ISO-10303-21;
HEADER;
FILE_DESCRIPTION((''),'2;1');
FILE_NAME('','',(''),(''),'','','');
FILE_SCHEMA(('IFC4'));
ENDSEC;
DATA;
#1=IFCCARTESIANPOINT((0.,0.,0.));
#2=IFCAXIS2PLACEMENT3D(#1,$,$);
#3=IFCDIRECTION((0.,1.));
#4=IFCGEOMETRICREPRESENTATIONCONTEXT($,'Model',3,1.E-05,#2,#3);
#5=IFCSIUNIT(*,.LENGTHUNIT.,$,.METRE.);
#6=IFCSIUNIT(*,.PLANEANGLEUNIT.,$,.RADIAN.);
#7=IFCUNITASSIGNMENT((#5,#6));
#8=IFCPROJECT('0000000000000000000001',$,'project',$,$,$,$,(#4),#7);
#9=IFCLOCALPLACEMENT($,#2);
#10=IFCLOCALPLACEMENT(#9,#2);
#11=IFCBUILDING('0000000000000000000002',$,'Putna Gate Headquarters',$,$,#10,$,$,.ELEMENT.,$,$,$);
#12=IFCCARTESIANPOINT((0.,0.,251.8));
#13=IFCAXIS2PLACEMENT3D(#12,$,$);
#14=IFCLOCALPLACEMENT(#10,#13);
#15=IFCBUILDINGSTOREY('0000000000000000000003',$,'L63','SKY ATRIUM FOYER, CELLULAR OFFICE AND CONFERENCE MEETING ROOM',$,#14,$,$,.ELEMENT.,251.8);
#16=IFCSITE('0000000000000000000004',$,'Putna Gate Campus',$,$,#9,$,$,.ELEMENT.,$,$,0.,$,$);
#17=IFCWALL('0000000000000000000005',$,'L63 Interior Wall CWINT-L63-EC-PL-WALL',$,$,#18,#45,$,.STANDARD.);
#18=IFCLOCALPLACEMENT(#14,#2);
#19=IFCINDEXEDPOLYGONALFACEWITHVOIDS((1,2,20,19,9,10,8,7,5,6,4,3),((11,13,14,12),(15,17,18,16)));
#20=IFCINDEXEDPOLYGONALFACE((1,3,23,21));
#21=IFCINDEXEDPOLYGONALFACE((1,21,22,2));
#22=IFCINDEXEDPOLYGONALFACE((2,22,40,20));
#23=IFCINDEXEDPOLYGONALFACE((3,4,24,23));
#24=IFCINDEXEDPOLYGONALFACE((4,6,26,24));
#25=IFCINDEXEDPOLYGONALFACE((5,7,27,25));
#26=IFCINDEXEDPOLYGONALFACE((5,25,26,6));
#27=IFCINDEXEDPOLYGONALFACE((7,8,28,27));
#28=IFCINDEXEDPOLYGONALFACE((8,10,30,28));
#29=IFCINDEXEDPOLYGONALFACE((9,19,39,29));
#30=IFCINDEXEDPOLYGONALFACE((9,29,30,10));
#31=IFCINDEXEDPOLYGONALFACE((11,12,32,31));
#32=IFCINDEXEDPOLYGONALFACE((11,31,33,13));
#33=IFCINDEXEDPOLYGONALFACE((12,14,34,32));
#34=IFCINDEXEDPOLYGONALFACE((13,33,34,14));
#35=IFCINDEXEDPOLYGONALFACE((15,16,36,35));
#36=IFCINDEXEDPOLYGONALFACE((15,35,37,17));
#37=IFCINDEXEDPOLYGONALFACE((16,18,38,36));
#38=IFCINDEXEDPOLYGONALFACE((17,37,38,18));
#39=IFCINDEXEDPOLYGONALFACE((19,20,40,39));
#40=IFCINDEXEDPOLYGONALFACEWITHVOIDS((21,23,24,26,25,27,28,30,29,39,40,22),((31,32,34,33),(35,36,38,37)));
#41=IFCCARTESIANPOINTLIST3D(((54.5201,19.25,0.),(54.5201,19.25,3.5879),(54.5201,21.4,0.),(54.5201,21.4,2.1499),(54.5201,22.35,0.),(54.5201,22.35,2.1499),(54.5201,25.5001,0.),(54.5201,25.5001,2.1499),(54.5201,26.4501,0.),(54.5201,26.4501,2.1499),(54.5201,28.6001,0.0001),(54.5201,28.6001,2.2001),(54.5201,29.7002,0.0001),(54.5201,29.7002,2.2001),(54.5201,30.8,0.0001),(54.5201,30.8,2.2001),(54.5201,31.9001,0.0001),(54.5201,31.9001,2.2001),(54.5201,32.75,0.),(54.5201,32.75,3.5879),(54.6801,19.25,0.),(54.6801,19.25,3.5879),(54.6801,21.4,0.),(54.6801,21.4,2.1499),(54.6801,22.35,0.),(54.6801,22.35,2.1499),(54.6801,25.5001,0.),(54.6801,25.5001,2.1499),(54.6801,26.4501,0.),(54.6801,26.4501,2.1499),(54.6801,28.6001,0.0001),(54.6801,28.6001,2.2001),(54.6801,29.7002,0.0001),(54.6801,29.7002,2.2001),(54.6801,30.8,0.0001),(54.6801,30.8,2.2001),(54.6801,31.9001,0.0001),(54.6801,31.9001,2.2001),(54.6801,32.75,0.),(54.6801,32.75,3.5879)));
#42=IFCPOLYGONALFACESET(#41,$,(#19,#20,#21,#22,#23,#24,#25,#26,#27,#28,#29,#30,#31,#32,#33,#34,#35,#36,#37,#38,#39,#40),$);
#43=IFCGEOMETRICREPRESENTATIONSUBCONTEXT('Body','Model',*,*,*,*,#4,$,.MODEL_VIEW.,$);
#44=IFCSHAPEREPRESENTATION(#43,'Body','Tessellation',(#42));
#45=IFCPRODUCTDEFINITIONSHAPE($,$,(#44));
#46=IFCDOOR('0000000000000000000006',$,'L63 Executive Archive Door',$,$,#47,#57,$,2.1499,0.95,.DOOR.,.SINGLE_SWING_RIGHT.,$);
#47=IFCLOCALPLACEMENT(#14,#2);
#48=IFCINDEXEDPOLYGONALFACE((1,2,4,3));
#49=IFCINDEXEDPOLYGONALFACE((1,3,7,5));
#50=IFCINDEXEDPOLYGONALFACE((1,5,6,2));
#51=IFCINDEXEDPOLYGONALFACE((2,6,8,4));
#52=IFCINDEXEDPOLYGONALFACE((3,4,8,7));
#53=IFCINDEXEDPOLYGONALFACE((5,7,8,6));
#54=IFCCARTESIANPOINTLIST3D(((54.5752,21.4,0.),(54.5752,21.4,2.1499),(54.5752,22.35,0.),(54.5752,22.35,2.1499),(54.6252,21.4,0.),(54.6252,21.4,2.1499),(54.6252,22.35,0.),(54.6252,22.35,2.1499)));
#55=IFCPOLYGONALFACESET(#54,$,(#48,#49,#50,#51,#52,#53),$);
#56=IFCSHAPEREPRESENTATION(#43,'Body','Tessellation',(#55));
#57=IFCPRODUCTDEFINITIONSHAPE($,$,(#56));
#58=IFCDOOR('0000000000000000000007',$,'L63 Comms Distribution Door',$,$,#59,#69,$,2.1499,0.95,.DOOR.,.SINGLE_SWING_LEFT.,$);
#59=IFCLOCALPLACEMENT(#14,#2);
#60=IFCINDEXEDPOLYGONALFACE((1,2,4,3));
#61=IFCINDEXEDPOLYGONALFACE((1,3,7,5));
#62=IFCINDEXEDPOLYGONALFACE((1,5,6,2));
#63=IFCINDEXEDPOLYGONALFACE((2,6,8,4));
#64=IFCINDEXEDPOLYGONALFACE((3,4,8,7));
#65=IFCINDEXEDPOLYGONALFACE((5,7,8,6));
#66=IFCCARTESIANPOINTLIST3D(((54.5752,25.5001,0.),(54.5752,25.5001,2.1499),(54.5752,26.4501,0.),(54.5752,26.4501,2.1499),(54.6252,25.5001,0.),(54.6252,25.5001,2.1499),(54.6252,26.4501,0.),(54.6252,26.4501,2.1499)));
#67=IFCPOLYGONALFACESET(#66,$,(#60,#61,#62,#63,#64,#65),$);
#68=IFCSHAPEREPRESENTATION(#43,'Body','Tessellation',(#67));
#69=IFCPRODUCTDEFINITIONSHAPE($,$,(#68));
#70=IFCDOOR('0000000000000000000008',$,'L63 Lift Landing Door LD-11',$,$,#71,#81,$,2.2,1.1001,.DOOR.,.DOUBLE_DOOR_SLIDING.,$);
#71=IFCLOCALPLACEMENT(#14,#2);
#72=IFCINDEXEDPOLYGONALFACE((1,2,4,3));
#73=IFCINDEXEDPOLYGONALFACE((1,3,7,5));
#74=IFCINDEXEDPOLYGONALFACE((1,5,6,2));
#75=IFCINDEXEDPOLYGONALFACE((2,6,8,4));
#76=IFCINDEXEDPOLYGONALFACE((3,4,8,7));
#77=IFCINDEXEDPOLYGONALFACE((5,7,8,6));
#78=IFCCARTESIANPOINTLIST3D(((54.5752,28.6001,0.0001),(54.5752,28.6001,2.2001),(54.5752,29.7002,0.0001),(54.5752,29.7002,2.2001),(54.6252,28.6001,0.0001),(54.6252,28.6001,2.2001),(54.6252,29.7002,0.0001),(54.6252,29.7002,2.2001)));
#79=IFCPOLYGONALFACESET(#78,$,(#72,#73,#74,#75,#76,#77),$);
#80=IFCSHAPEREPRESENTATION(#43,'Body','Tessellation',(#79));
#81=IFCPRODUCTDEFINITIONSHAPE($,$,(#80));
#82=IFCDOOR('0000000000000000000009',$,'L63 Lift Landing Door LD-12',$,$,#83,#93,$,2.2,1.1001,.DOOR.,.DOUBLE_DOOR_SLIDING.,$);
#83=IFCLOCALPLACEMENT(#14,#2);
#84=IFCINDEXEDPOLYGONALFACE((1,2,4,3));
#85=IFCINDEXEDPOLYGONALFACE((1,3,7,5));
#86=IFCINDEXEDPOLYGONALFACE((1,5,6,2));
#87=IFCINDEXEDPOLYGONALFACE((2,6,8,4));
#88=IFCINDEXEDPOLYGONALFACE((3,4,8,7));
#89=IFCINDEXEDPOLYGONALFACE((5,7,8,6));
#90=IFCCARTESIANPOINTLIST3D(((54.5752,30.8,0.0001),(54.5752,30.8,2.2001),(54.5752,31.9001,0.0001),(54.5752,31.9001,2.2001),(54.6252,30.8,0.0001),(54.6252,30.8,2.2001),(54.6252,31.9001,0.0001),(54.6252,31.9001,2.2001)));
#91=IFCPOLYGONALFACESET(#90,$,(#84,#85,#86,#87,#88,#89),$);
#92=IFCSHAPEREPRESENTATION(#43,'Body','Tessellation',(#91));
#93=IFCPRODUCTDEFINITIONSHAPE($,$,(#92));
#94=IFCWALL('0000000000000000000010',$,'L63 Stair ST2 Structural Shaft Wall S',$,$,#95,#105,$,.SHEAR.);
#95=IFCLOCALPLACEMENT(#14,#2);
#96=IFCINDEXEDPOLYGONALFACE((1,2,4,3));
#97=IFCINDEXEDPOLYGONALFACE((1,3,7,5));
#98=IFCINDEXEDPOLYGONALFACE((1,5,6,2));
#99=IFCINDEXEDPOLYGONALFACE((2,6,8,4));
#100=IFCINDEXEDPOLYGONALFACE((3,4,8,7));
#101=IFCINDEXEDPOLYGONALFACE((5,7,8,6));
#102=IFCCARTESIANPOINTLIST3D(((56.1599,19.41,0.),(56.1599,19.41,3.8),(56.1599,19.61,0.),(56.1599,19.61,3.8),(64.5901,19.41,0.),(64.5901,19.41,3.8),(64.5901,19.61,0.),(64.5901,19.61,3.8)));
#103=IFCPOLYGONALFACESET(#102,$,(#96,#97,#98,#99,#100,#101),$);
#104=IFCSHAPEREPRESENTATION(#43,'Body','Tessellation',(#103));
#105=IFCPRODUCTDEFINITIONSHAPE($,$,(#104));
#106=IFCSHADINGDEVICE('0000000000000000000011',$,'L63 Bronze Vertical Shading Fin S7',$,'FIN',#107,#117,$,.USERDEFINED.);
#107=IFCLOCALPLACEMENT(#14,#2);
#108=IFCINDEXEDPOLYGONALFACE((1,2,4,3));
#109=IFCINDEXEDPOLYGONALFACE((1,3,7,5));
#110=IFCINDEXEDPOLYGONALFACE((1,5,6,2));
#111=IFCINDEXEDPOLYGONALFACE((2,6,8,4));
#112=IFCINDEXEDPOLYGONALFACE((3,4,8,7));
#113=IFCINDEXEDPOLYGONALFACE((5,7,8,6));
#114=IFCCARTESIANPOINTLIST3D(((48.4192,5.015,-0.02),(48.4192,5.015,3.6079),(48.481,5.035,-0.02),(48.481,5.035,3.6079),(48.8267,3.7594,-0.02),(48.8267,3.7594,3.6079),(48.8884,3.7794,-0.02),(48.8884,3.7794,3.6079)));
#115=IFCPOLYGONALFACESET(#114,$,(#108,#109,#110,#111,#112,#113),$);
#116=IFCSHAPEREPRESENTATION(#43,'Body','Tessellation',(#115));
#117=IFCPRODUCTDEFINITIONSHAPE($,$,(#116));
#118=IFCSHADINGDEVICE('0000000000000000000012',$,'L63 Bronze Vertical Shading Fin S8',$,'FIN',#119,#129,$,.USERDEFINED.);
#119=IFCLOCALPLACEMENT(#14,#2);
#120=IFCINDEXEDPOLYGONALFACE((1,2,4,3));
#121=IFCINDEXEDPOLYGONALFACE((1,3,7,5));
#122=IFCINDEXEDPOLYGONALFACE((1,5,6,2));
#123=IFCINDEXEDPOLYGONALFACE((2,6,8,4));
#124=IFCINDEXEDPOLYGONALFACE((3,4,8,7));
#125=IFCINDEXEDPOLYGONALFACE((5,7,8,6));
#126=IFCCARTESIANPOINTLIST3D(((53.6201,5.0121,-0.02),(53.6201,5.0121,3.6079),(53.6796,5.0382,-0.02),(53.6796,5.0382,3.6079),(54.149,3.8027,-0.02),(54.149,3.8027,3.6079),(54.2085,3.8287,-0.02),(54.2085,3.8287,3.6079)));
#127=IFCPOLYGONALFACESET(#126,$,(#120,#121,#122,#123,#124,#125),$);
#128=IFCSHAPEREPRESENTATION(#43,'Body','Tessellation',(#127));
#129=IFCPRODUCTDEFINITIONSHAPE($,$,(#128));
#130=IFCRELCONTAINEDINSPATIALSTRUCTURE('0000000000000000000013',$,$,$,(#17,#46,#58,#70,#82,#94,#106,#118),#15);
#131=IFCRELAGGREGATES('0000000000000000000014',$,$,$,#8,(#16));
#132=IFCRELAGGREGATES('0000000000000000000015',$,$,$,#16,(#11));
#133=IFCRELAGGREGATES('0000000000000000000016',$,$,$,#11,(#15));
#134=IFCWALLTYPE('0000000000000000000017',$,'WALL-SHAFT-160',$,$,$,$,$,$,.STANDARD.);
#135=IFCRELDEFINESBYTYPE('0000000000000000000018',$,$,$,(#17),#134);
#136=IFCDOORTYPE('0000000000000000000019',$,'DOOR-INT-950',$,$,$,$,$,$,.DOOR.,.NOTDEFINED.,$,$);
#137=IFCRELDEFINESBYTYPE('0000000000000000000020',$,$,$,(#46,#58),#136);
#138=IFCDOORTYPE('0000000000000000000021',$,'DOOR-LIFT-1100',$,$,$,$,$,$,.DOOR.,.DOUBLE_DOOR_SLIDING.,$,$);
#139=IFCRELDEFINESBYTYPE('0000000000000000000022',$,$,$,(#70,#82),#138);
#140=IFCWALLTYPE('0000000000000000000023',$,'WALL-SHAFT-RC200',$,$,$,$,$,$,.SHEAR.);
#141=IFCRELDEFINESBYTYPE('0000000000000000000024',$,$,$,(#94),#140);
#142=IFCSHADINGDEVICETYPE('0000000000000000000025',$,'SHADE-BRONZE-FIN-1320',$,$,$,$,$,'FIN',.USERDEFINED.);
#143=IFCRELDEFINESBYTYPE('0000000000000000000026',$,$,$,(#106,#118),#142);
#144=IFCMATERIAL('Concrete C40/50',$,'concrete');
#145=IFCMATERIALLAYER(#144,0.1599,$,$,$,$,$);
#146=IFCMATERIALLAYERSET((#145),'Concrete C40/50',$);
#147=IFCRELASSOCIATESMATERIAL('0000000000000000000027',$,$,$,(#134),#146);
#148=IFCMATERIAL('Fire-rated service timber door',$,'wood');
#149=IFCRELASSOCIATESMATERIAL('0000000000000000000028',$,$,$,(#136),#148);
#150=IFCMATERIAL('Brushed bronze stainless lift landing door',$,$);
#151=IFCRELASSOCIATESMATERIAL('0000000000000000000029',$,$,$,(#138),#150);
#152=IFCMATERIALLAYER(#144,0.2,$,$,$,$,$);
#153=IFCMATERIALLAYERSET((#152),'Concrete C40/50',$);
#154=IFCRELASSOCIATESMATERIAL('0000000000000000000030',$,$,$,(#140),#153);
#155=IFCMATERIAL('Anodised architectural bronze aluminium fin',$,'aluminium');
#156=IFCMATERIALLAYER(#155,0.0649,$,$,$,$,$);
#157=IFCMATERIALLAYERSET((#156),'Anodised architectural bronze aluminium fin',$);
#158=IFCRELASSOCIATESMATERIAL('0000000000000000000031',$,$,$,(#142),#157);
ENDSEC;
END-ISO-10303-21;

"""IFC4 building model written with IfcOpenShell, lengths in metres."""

from ifc_helpers import new_model, si_unit, direction, frame, frame_2d, origin, origin_2d, place, context, subcontext, project, spatial, rectangle, extrude, material, layer, layer_set, type_object, element, fill, save


model = new_model("IFC4")

# Units and contexts
model_context = context("Model", 3, precision=1e-05, world=origin(), true_north=direction((0.0, 1.0)))
body_context = subcontext(model_context, "Body", "Model", "MODEL_VIEW")
ifc_project = project(units=[si_unit("LENGTHUNIT", "METRE"), si_unit("PLANEANGLEUNIT", "RADIAN")], contexts=[model_context])

# Site, building, storey
site_placement = place(None, origin())
site = spatial("IfcSite", under=ifc_project, at=site_placement, Name="Putna Gate Campus", CompositionType="ELEMENT", RefElevation=0.0)
building_placement = place(site_placement, origin())
building = spatial("IfcBuilding", under=site, at=building_placement, Name="Putna Gate Headquarters", CompositionType="ELEMENT")
storey_placement = place(building_placement, frame((0.0, 0.0, 251.8)))
storey = spatial("IfcBuildingStorey", under=building, at=storey_placement, Name="L63", Description="SKY ATRIUM FOYER, CELLULAR OFFICE AND CONFERENCE MEETING ROOM", CompositionType="ELEMENT", Elevation=251.8)

# Wall, openings, doors
ifc_material_1 = material(Name="Concrete C40/50", Category="concrete")
ifc_layer_1 = layer(ifc_material_1, 0.1599)
ifc_layer_set_1 = layer_set([ifc_layer_1], Name="Concrete C40/50")
wall_type_1 = type_object("IfcWallType", Name="WALL-SHAFT-160", PredefinedType="STANDARD", material=ifc_layer_set_1)
wall_1_placement = place(storey_placement, frame((54.6001, 19.25, 0.0), z_axis=(0.0, 0.0, 1.0), x_axis=(0.0, 1.0, 0.0)))
wall_1 = element("IfcWall", 1, at=wall_1_placement, inside=storey, type_object=wall_type_1, Name="L63 Interior Wall CWINT-L63-EC-PL-WALL", PredefinedType="STANDARD", context=body_context, shape_type="SweptSolid", body=[
    extrude(rectangle(XDim=13.5, YDim=0.1599, at=frame_2d((6.75, 0.0))), origin(), (0.0, 0.0, 1.0), 3.5879),
])
opening_1_placement = place(wall_1_placement, frame((2.1499, 0.0, 0.0)))
opening_1 = element("IfcOpeningElement", 2, at=opening_1_placement, cuts=wall_1, PredefinedType="OPENING", context=body_context, shape_type="SweptSolid", body=[
    extrude(rectangle(XDim=0.95, YDim=2.1499, at=frame_2d((0.4751, 1.075))), frame((0.0, 0.0898, 0.0), z_axis=(0.0, -1.0, 0.0), x_axis=(1.0, 0.0, 0.0)), (0.0, 0.0, 1.0), 0.1799),
])
opening_2_placement = place(wall_1_placement, frame((6.25, 0.0, 0.0)))
opening_2 = element("IfcOpeningElement", 3, at=opening_2_placement, cuts=wall_1, PredefinedType="OPENING", context=body_context, shape_type="SweptSolid", body=[
    extrude(rectangle(XDim=0.95, YDim=2.1499, at=frame_2d((0.4751, 1.075))), frame((0.0, 0.0898, 0.0), z_axis=(0.0, -1.0, 0.0), x_axis=(1.0, 0.0, 0.0)), (0.0, 0.0, 1.0), 0.1799),
])
opening_3_placement = place(wall_1_placement, frame((9.3501, 0.0, 0.0)))
opening_3 = element("IfcOpeningElement", 4, at=opening_3_placement, cuts=wall_1, PredefinedType="OPENING", context=body_context, shape_type="SweptSolid", body=[
    extrude(rectangle(XDim=1.1001, YDim=2.2, at=frame_2d((0.55, 1.1001))), frame((0.0, 0.0898, 0.0), z_axis=(0.0, -1.0, 0.0), x_axis=(1.0, 0.0, 0.0)), (0.0, 0.0, 1.0), 0.1799),
])
opening_4_placement = place(wall_1_placement, frame((11.55, 0.0, 0.0)))
opening_4 = element("IfcOpeningElement", 5, at=opening_4_placement, cuts=wall_1, PredefinedType="OPENING", context=body_context, shape_type="SweptSolid", body=[
    extrude(rectangle(XDim=1.1001, YDim=2.2, at=frame_2d((0.55, 1.1001))), frame((0.0, 0.0898, 0.0), z_axis=(0.0, -1.0, 0.0), x_axis=(1.0, 0.0, 0.0)), (0.0, 0.0, 1.0), 0.1799),
])
ifc_material_2 = material(Name="Fire-rated service timber door", Category="wood")
door_type_1 = type_object("IfcDoorType", Name="DOOR-INT-950", OperationType="NOTDEFINED", PredefinedType="DOOR", material=ifc_material_2)
door_1_placement = place(opening_1_placement, origin())
door_1 = element("IfcDoor", 6, at=door_1_placement, inside=storey, type_object=door_type_1, Name="L63 Executive Archive Door", OperationType="SINGLE_SWING_RIGHT", OverallHeight=2.1499, OverallWidth=0.95, PredefinedType="DOOR", context=body_context, shape_type="SweptSolid", body=[
    extrude(rectangle(XDim=0.95, YDim=2.1499, at=frame_2d((0.4751, 1.075))), frame((0.0, 0.0249, 0.0), z_axis=(0.0, -1.0, 0.0), x_axis=(1.0, 0.0, 0.0)), (0.0, 0.0, 1.0), 0.05),
])
fill(opening_1, door_1)
door_2_placement = place(opening_2_placement, origin())
door_2 = element("IfcDoor", 7, at=door_2_placement, inside=storey, type_object=door_type_1, Name="L63 Comms Distribution Door", OperationType="SINGLE_SWING_LEFT", OverallHeight=2.1499, OverallWidth=0.95, PredefinedType="DOOR", context=body_context, shape_type="SweptSolid", body=[
    extrude(rectangle(XDim=0.95, YDim=2.1499, at=frame_2d((0.4751, 1.075))), frame((0.0, 0.0249, 0.0), z_axis=(0.0, -1.0, 0.0), x_axis=(1.0, 0.0, 0.0)), (0.0, 0.0, 1.0), 0.05),
])
fill(opening_2, door_2)
ifc_material_3 = material(Name="Brushed bronze stainless lift landing door")
door_type_2 = type_object("IfcDoorType", Name="DOOR-LIFT-1100", OperationType="DOUBLE_DOOR_SLIDING", PredefinedType="DOOR", material=ifc_material_3)
door_3_placement = place(opening_3_placement, origin())
door_3 = element("IfcDoor", 8, at=door_3_placement, inside=storey, type_object=door_type_2, Name="L63 Lift Landing Door LD-11", OperationType="DOUBLE_DOOR_SLIDING", OverallHeight=2.2, OverallWidth=1.1001, PredefinedType="DOOR", context=body_context, shape_type="SweptSolid", body=[
    extrude(rectangle(XDim=1.1001, YDim=2.2, at=frame_2d((0.55, 1.1001))), frame((0.0, 0.0249, 0.0), z_axis=(0.0, -1.0, 0.0), x_axis=(1.0, 0.0, 0.0)), (0.0, 0.0, 1.0), 0.05),
])
fill(opening_3, door_3)
door_4_placement = place(opening_4_placement, origin())
door_4 = element("IfcDoor", 9, at=door_4_placement, inside=storey, type_object=door_type_2, Name="L63 Lift Landing Door LD-12", OperationType="DOUBLE_DOOR_SLIDING", OverallHeight=2.2, OverallWidth=1.1001, PredefinedType="DOOR", context=body_context, shape_type="SweptSolid", body=[
    extrude(rectangle(XDim=1.1001, YDim=2.2, at=frame_2d((0.55, 1.1001))), frame((0.0, 0.0249, 0.0), z_axis=(0.0, -1.0, 0.0), x_axis=(1.0, 0.0, 0.0)), (0.0, 0.0, 1.0), 0.05),
])
fill(opening_4, door_4)

# Wall
ifc_layer_2 = layer(ifc_material_1, 0.2)
ifc_layer_set_2 = layer_set([ifc_layer_2], Name="Concrete C40/50")
wall_type_2 = type_object("IfcWallType", Name="WALL-SHAFT-RC200", PredefinedType="SHEAR", material=ifc_layer_set_2)
wall_2_placement = place(storey_placement, frame((56.1599, 19.51, 0.0), z_axis=(0.0, 0.0, 1.0), x_axis=(1.0, 0.0, 0.0)))
element("IfcWall", 10, at=wall_2_placement, inside=storey, type_object=wall_type_2, Name="L63 Stair ST2 Structural Shaft Wall S", PredefinedType="SHEAR", context=body_context, shape_type="SweptSolid", body=[
    extrude(rectangle(XDim=8.4302, YDim=0.2, at=frame_2d((4.2151, 0.0))), origin(), (0.0, 0.0, 1.0), 3.8),
])

# Shading devices
ifc_material_4 = material(Name="Anodised architectural bronze aluminium fin", Category="aluminium")
ifc_layer_3 = layer(ifc_material_4, 0.0649)
ifc_layer_set_3 = layer_set([ifc_layer_3], Name="Anodised architectural bronze aluminium fin")
shading_device_type = type_object("IfcShadingDeviceType", Name="SHADE-BRONZE-FIN-1320", ElementType="FIN", PredefinedType="USERDEFINED", material=ifc_layer_set_3)
for number, where, z_axis, x_axis, name in (
    (11, (48.6538, 4.3972, -0.02), (0.0, 0.0, 1.0), (0.308685, -0.951164, 0.0), "L63 Bronze Vertical Shading Fin S7"),
    (12, (53.9143, 4.4204, -0.02), (0.0, 0.0, 1.0), (0.400669, -0.916223, 0.0), "L63 Bronze Vertical Shading Fin S8"),
):
    element("IfcShadingDevice", number, at=place(storey_placement, frame(where, z_axis=z_axis, x_axis=x_axis)), inside=storey, type_object=shading_device_type, Name=name, ObjectType="FIN", PredefinedType="USERDEFINED", context=body_context, shape_type="SweptSolid", body=[
        extrude(rectangle(XDim=1.3201, YDim=0.0649, at=origin_2d()), origin(), (0.0, 0.0, 1.0), 3.6279),
    ])

save(model, "model.ifc")
